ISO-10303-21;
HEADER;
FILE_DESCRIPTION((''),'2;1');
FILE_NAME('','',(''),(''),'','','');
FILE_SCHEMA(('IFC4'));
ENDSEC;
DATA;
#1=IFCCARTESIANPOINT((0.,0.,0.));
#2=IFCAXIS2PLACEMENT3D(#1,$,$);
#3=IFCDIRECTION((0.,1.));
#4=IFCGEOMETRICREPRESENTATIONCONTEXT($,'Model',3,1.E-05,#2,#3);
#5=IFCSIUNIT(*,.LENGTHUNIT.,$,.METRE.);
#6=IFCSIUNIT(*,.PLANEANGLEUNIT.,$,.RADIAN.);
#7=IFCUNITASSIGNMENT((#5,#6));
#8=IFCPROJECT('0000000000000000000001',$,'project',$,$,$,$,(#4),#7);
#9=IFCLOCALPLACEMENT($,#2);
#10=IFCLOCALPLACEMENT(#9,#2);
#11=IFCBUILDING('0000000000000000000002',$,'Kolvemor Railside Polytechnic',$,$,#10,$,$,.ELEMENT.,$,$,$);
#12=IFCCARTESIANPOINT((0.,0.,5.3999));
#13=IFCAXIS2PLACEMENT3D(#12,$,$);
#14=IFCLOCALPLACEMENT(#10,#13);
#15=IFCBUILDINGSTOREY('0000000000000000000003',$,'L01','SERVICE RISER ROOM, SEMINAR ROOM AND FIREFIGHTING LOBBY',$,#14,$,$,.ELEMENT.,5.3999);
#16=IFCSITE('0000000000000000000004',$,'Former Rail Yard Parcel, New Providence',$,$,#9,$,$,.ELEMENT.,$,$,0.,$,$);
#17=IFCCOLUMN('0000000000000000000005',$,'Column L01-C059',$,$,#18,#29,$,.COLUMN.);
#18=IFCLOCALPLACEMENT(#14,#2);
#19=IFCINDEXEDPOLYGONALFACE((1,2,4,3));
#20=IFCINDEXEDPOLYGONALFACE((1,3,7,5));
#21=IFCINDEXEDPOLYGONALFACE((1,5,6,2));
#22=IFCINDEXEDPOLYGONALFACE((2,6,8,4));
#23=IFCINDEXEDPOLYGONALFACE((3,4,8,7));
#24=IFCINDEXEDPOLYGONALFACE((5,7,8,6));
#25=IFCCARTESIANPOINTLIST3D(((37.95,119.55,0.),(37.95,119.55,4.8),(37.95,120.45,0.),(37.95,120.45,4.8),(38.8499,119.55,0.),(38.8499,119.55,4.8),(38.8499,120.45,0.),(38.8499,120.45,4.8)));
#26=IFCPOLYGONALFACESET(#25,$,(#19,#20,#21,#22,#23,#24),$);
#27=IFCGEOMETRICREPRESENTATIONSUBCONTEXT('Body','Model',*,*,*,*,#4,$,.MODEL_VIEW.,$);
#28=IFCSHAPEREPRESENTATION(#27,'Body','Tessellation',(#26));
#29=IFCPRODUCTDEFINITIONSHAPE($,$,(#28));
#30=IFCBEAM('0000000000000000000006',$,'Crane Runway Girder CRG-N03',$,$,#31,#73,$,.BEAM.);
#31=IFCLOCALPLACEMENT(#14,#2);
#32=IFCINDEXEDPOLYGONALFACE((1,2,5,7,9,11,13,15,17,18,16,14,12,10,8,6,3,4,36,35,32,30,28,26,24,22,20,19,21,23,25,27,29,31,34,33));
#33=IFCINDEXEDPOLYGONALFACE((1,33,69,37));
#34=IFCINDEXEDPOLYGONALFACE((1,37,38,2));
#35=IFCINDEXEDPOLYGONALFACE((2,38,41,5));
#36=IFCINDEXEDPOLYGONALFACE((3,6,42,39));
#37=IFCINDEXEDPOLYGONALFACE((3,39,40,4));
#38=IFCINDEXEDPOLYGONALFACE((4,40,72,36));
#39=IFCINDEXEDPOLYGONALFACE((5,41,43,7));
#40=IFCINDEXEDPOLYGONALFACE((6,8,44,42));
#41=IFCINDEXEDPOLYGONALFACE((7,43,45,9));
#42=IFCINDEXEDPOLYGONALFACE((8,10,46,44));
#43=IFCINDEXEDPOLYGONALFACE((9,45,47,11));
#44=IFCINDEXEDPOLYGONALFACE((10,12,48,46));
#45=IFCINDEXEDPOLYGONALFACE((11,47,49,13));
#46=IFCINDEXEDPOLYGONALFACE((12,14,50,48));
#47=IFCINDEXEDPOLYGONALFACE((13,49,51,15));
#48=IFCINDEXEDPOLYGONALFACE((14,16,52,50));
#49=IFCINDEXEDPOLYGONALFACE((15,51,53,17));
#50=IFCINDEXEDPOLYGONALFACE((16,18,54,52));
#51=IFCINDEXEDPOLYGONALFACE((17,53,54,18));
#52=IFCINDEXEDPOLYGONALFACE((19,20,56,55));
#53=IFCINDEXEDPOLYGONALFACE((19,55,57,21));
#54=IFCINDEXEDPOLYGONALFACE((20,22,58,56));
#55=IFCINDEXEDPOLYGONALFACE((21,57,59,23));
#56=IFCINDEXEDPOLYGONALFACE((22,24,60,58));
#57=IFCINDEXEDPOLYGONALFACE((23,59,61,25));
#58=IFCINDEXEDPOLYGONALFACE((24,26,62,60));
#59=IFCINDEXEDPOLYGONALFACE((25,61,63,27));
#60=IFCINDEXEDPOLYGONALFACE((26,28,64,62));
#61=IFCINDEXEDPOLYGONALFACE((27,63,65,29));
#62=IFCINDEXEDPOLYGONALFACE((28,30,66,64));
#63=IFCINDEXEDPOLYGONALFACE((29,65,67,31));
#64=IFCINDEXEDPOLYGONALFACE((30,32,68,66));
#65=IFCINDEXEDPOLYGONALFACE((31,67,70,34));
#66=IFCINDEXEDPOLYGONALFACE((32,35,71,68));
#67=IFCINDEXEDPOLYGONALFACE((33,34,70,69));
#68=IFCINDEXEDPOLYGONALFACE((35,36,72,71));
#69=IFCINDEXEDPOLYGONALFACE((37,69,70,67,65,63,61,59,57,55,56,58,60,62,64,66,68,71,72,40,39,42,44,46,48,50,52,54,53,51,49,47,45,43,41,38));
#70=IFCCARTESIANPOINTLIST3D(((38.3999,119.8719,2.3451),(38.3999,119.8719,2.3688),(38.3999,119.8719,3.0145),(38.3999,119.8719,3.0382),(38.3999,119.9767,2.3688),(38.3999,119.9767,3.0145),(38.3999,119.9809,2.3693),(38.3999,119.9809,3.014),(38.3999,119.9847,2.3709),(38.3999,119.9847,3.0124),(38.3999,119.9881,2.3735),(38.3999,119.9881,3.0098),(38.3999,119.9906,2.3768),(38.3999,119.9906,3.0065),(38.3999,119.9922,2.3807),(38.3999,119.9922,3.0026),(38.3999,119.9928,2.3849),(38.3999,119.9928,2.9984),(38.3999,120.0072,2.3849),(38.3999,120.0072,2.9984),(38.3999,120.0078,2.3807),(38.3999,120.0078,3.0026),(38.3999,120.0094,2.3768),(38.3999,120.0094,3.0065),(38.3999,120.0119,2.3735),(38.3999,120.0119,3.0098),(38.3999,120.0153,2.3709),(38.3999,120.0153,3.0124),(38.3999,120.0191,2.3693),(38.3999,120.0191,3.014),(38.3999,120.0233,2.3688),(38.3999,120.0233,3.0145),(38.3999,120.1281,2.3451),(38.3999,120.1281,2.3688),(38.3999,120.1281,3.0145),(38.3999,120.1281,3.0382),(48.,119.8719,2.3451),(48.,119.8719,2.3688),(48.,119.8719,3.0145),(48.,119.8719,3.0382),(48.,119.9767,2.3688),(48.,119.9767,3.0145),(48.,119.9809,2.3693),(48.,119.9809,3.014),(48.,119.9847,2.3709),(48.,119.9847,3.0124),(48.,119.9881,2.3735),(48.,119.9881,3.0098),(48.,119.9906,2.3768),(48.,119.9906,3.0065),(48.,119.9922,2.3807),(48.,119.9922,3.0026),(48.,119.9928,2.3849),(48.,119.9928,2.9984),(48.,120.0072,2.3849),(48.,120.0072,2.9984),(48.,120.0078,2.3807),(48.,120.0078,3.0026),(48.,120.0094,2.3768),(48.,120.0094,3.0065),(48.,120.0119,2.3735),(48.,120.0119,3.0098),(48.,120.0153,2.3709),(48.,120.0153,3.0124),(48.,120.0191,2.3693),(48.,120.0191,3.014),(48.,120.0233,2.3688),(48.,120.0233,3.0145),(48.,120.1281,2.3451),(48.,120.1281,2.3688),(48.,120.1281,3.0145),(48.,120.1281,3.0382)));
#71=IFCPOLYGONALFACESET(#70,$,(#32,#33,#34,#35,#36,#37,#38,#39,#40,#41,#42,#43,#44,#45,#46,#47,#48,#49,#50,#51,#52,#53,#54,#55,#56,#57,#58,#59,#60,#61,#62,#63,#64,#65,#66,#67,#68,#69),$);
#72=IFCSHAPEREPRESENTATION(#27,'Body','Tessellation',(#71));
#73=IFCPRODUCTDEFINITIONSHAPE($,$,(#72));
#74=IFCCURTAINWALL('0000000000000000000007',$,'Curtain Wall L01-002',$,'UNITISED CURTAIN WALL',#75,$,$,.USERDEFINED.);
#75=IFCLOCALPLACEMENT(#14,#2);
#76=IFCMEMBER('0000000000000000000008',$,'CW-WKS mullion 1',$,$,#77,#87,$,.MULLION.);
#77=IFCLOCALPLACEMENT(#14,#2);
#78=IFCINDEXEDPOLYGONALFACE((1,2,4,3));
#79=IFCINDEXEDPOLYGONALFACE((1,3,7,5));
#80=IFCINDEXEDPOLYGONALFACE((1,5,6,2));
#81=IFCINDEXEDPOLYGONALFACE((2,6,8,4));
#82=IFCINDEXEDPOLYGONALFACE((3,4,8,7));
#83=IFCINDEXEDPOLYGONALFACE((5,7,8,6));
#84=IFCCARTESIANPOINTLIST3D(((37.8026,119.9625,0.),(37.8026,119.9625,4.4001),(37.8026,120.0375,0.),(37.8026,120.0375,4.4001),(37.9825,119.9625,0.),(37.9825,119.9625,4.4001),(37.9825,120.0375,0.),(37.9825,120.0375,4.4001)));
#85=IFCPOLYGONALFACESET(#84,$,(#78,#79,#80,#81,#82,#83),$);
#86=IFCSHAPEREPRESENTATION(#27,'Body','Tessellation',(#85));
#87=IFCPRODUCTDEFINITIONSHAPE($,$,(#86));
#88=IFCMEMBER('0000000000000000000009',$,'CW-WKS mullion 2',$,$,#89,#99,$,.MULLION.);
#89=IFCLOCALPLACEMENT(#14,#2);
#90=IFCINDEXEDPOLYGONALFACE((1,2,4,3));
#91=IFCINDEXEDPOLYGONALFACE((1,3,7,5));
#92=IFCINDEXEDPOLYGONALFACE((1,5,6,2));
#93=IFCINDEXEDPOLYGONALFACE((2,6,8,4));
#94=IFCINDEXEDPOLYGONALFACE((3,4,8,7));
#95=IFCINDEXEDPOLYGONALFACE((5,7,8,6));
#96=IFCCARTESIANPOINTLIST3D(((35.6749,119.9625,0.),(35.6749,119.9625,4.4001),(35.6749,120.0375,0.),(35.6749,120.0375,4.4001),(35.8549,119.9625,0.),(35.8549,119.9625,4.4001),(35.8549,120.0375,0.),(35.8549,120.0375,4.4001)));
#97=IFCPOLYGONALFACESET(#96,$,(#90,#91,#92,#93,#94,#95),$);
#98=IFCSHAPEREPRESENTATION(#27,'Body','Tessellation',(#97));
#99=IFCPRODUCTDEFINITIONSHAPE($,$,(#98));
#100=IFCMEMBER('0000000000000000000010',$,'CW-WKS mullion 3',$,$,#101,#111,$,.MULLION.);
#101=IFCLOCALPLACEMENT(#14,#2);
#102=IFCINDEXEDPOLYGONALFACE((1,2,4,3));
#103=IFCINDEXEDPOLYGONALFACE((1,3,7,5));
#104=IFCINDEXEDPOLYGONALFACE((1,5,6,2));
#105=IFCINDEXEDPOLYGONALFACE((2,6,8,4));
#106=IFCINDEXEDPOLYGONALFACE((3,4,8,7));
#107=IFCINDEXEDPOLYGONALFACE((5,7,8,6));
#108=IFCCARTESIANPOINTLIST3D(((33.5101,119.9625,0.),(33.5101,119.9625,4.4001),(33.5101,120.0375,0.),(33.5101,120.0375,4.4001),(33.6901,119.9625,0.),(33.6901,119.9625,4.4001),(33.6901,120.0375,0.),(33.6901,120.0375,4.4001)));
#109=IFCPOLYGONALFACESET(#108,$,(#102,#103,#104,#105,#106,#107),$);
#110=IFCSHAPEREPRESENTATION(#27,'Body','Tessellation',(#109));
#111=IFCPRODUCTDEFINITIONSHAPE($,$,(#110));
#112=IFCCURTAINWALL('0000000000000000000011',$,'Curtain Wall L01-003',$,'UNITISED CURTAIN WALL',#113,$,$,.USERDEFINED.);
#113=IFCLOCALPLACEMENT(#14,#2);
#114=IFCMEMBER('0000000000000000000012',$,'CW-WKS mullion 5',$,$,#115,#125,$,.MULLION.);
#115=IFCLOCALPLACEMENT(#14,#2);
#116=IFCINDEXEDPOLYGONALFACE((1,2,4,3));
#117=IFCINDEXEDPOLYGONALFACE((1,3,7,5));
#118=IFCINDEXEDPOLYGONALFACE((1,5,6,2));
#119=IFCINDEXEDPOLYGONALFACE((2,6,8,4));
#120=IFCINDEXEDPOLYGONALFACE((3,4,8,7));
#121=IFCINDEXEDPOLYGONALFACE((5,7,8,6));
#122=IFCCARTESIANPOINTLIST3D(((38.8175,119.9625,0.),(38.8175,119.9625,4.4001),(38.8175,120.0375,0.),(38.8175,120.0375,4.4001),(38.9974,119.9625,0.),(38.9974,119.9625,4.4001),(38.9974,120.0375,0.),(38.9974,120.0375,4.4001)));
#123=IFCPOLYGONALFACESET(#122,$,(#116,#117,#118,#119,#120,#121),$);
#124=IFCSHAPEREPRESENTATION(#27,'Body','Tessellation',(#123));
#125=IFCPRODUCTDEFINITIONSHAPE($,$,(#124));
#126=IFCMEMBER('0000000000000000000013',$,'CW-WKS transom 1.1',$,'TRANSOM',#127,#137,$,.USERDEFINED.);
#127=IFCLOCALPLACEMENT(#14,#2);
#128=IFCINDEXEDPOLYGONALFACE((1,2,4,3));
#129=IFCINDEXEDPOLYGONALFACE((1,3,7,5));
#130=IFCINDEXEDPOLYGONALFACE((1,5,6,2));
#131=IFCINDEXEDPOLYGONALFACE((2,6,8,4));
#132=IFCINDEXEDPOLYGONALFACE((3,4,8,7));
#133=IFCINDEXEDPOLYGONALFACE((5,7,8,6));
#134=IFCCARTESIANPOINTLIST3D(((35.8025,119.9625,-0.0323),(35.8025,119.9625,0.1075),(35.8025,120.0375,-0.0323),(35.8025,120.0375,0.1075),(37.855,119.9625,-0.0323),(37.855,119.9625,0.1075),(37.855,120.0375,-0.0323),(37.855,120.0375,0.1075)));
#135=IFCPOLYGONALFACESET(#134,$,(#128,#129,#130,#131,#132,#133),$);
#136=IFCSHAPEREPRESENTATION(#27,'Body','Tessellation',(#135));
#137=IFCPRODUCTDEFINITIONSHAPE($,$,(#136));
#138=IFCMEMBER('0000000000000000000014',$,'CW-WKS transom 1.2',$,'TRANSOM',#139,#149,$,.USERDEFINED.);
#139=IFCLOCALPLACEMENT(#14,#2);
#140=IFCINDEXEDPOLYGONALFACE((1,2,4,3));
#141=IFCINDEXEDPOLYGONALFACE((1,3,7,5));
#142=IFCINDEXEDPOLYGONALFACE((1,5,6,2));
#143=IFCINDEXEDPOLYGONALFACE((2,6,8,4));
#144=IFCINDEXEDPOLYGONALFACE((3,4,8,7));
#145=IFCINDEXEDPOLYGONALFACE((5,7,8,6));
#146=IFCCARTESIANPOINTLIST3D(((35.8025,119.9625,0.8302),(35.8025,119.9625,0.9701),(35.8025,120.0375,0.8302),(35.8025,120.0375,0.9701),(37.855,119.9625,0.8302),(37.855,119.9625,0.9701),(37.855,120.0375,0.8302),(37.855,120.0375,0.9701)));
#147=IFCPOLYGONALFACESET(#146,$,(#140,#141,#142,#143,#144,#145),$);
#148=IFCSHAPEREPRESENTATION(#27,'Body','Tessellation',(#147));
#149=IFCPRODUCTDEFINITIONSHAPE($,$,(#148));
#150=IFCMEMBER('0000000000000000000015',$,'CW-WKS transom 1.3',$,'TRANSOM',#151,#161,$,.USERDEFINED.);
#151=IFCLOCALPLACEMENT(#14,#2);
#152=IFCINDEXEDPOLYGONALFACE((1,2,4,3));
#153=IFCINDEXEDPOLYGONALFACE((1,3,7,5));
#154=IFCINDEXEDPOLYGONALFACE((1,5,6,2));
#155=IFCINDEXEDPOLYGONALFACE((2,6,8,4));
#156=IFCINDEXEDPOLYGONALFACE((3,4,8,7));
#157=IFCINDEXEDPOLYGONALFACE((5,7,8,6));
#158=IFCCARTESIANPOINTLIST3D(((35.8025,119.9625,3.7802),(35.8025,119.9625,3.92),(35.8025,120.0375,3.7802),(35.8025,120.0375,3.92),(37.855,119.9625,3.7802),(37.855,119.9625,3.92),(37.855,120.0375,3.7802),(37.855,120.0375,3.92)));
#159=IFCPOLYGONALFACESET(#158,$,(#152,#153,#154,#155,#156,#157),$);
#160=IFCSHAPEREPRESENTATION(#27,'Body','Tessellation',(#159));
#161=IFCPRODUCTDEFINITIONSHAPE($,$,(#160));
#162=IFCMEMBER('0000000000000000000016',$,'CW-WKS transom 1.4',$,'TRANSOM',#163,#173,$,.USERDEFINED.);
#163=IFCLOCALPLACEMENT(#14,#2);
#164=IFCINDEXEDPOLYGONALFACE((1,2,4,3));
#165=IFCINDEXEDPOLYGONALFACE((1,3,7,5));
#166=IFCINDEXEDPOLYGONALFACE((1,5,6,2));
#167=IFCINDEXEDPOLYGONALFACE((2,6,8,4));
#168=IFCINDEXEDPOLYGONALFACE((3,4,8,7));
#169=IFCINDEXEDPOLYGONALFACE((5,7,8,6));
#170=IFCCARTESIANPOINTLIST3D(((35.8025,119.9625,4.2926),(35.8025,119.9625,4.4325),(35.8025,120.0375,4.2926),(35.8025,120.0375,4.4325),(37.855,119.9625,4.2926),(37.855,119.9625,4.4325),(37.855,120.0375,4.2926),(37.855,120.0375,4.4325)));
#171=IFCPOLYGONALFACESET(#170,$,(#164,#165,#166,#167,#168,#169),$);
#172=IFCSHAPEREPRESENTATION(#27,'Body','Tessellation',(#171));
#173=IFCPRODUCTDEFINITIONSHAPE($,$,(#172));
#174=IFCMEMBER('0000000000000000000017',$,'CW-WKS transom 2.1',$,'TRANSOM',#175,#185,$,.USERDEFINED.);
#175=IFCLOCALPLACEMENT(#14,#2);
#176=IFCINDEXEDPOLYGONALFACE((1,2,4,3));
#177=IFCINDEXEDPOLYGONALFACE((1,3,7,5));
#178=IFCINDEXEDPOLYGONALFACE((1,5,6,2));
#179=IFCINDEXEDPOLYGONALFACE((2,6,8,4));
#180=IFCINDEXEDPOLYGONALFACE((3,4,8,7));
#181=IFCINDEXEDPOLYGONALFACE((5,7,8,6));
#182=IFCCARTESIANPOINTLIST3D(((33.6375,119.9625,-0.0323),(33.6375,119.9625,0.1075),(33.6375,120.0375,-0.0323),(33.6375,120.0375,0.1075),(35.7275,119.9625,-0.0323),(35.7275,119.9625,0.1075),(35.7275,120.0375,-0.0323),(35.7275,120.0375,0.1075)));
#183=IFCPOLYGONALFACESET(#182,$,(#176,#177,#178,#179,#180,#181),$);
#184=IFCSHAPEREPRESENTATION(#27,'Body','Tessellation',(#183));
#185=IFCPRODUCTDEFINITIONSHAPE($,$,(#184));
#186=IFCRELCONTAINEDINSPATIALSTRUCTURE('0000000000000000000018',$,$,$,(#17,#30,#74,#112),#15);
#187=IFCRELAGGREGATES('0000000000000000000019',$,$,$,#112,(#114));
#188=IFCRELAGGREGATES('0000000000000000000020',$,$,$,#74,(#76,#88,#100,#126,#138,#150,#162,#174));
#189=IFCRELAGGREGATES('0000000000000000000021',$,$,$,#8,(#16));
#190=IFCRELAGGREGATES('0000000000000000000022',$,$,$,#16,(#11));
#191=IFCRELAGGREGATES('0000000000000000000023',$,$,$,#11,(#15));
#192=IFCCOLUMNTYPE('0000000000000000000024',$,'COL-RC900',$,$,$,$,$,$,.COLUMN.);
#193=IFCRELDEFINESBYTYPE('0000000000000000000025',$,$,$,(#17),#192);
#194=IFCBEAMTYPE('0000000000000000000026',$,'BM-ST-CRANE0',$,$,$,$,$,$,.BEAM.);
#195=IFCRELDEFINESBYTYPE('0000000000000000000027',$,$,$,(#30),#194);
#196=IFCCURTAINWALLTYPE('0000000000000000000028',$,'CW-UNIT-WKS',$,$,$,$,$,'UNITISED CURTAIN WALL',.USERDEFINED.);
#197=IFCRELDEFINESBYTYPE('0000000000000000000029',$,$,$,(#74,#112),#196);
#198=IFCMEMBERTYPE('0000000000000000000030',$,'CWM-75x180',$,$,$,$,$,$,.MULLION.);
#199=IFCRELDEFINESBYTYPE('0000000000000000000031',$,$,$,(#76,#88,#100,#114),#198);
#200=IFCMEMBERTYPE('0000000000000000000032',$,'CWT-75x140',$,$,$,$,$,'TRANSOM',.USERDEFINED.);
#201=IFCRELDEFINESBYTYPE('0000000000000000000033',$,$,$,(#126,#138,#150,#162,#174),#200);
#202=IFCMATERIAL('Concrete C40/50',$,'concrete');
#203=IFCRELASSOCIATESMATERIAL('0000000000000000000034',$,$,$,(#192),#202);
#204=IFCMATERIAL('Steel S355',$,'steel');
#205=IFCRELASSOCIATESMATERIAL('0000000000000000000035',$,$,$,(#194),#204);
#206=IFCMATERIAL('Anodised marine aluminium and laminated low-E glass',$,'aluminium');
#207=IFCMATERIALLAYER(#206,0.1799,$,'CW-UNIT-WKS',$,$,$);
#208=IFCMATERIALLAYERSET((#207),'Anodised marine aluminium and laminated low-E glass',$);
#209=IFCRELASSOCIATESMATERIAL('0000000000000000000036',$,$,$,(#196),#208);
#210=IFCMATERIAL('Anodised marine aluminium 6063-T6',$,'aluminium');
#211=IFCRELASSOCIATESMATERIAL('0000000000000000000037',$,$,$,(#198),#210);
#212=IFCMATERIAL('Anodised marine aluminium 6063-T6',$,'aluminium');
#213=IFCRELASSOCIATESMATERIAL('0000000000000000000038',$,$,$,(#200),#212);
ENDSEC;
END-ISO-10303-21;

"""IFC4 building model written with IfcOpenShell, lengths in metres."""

from ifc_helpers import new_model, si_unit, direction, frame, origin, origin_2d, place, context, subcontext, project, spatial, rectangle, i_section, extrude, material, layer, layer_set, material_profile, profile_set, type_object, element, aggregate, save


model = new_model("IFC4")

# Units and contexts
model_context = context("Model", 3, precision=1e-05, world=origin(), true_north=direction((0.0, 1.0)))
body_context = subcontext(model_context, "Body", "Model", "MODEL_VIEW")
ifc_project = project(units=[si_unit("LENGTHUNIT", "METRE"), si_unit("PLANEANGLEUNIT", "RADIAN")], contexts=[model_context])

# Site, building, storey
site_placement = place(None, origin())
site = spatial("IfcSite", under=ifc_project, at=site_placement, Name="Former Rail Yard Parcel, New Providence", CompositionType="ELEMENT", RefElevation=0.0)
building_placement = place(site_placement, origin())
building = spatial("IfcBuilding", under=site, at=building_placement, Name="Kolvemor Railside Polytechnic", CompositionType="ELEMENT")
storey_placement = place(building_placement, frame((0.0, 0.0, 5.3999)))
storey = spatial("IfcBuildingStorey", under=building, at=storey_placement, Name="L01", Description="SERVICE RISER ROOM, SEMINAR ROOM AND FIREFIGHTING LOBBY", CompositionType="ELEMENT", Elevation=5.3999)

# Column
ifc_material_1 = material(Name="Concrete C40/50", Category="concrete")
ifc_material_profile_1 = material_profile(ifc_material_1, rectangle(XDim=0.8999, YDim=0.8999, at=origin_2d()), Name="RC900x900")
ifc_profile_set_1 = profile_set([ifc_material_profile_1], Name="Concrete C40/50")
column_type = type_object("IfcColumnType", Name="COL-RC900", PredefinedType="COLUMN", material=ifc_profile_set_1)
column_placement = place(storey_placement, frame((38.3999, 120.0, 0.0), z_axis=(0.0, 0.0, 1.0), x_axis=(1.0, 0.0, 0.0)))
element("IfcColumn", 1, at=column_placement, inside=storey, type_object=column_type, Name="Column L01-C059", PredefinedType="COLUMN", context=body_context, shape_type="SweptSolid", body=[
    extrude(rectangle(XDim=0.8999, YDim=0.8999, at=origin_2d()), origin(), (0.0, 0.0, 1.0), 4.8),
])

# Beam
ifc_material_2 = material(Name="Steel S355", Category="steel")
ifc_material_profile_2 = material_profile(ifc_material_2, i_section(OverallWidth=0.2561, OverallDepth=0.6931, WebThickness=0.0144, FlangeThickness=0.0237, FilletRadius=0.0161, at=origin_2d()), Name="W690x170")
ifc_profile_set_2 = profile_set([ifc_material_profile_2], Name="Steel S355")
beam_type = type_object("IfcBeamType", Name="BM-ST-CRANE0", PredefinedType="BEAM", material=ifc_profile_set_2)
beam_placement = place(storey_placement, frame((38.3999, 120.0, 2.6917), z_axis=(1.0, 0.0, 0.0), x_axis=(0.0, 1.0, 0.0)))
element("IfcBeam", 2, at=beam_placement, inside=storey, type_object=beam_type, Name="Crane Runway Girder CRG-N03", PredefinedType="BEAM", context=body_context, shape_type="SweptSolid", body=[
    extrude(i_section(OverallWidth=0.2561, OverallDepth=0.6931, WebThickness=0.0144, FlangeThickness=0.0237, FilletRadius=0.0161, at=origin_2d()), origin(), (0.0, 0.0, 1.0), 9.6001),
])

# Curtain wall, members
ifc_material_3 = material(Name="Anodised marine aluminium and laminated low-E glass", Category="aluminium")
ifc_layer_1 = layer(ifc_material_3, 0.1799, Name="CW-UNIT-WKS")
ifc_layer_set_1 = layer_set([ifc_layer_1], Name="Anodised marine aluminium and laminated low-E glass")
curtain_wall_type = type_object("IfcCurtainWallType", Name="CW-UNIT-WKS", ElementType="UNITISED CURTAIN WALL", PredefinedType="USERDEFINED", material=ifc_layer_set_1)
curtain_wall_1_placement = place(storey_placement, origin())
curtain_wall_1 = element("IfcCurtainWall", 3, at=curtain_wall_1_placement, inside=storey, type_object=curtain_wall_type, Name="Curtain Wall L01-002", ObjectType="UNITISED CURTAIN WALL", PredefinedType="USERDEFINED")
ifc_material_4 = material(Name="Anodised marine aluminium 6063-T6", Category="aluminium")
ifc_material_profile_3 = material_profile(ifc_material_4, rectangle(XDim=0.075, YDim=0.1799, at=origin_2d()), Name="CW-MUL-75x180")
ifc_profile_set_3 = profile_set([ifc_material_profile_3], Name="Anodised marine aluminium 6063-T6")
member_type_1 = type_object("IfcMemberType", Name="CWM-75x180", PredefinedType="MULLION", material=ifc_profile_set_3)
member_1_placement = place(storey_placement, frame((37.8926, 120.0, 0.0), z_axis=(0.0, 0.0, 1.0), x_axis=(0.0, -1.0, 0.0)))
member_1 = element("IfcMember", 4, at=member_1_placement, type_object=member_type_1, Name="CW-WKS mullion 1", PredefinedType="MULLION", context=body_context, shape_type="SweptSolid", body=[
    extrude(rectangle(XDim=0.075, YDim=0.1799, at=origin_2d()), origin(), (0.0, 0.0, 1.0), 4.4001),
])
member_2_placement = place(storey_placement, frame((35.7649, 120.0, 0.0), z_axis=(0.0, 0.0, 1.0), x_axis=(0.0, -1.0, 0.0)))
member_2 = element("IfcMember", 5, at=member_2_placement, type_object=member_type_1, Name="CW-WKS mullion 2", PredefinedType="MULLION", context=body_context, shape_type="SweptSolid", body=[
    extrude(rectangle(XDim=0.075, YDim=0.1799, at=origin_2d()), origin(), (0.0, 0.0, 1.0), 4.4001),
])
member_3_placement = place(storey_placement, frame((33.6001, 120.0, 0.0), z_axis=(0.0, 0.0, 1.0), x_axis=(0.0, -1.0, 0.0)))
member_3 = element("IfcMember", 6, at=member_3_placement, type_object=member_type_1, Name="CW-WKS mullion 3", PredefinedType="MULLION", context=body_context, shape_type="SweptSolid", body=[
    extrude(rectangle(XDim=0.075, YDim=0.1799, at=origin_2d()), origin(), (0.0, 0.0, 1.0), 4.4001),
])

# Curtain wall, member
curtain_wall_2_placement = place(storey_placement, origin())
curtain_wall_2 = element("IfcCurtainWall", 7, at=curtain_wall_2_placement, inside=storey, type_object=curtain_wall_type, Name="Curtain Wall L01-003", ObjectType="UNITISED CURTAIN WALL", PredefinedType="USERDEFINED")
member_4_placement = place(storey_placement, frame((38.9075, 120.0, 0.0), z_axis=(0.0, 0.0, 1.0), x_axis=(0.0, -1.0, 0.0)))
member_4 = element("IfcMember", 8, at=member_4_placement, type_object=member_type_1, Name="CW-WKS mullion 5", PredefinedType="MULLION", context=body_context, shape_type="SweptSolid", body=[
    extrude(rectangle(XDim=0.075, YDim=0.1799, at=origin_2d()), origin(), (0.0, 0.0, 1.0), 4.4001),
])

# Members
ifc_material_5 = material(Name="Anodised marine aluminium 6063-T6", Category="aluminium")
ifc_material_profile_4 = material_profile(ifc_material_5, rectangle(XDim=0.075, YDim=0.1399, at=origin_2d()), Name="CW-TRN-75x140")
ifc_profile_set_4 = profile_set([ifc_material_profile_4], Name="Anodised marine aluminium 6063-T6")
member_type_2 = type_object("IfcMemberType", Name="CWT-75x140", ElementType="TRANSOM", PredefinedType="USERDEFINED", material=ifc_profile_set_4)
member_5_placement = place(storey_placement, frame((37.855, 120.0, 0.0376), z_axis=(-1.0, 0.0, 0.0), x_axis=(0.0, -1.0, 0.0)))
member_5 = element("IfcMember", 9, at=member_5_placement, type_object=member_type_2, Name="CW-WKS transom 1.1", ObjectType="TRANSOM", PredefinedType="USERDEFINED", context=body_context, shape_type="SweptSolid", body=[
    extrude(rectangle(XDim=0.075, YDim=0.1399, at=origin_2d()), origin(), (0.0, 0.0, 1.0), 2.0525),
])
member_6_placement = place(storey_placement, frame((37.855, 120.0, 0.9001), z_axis=(-1.0, 0.0, 0.0), x_axis=(0.0, -1.0, 0.0)))
member_6 = element("IfcMember", 10, at=member_6_placement, type_object=member_type_2, Name="CW-WKS transom 1.2", ObjectType="TRANSOM", PredefinedType="USERDEFINED", context=body_context, shape_type="SweptSolid", body=[
    extrude(rectangle(XDim=0.075, YDim=0.1399, at=origin_2d()), origin(), (0.0, 0.0, 1.0), 2.0525),
])
member_7_placement = place(storey_placement, frame((37.855, 120.0, 3.8501), z_axis=(-1.0, 0.0, 0.0), x_axis=(0.0, -1.0, 0.0)))
member_7 = element("IfcMember", 11, at=member_7_placement, type_object=member_type_2, Name="CW-WKS transom 1.3", ObjectType="TRANSOM", PredefinedType="USERDEFINED", context=body_context, shape_type="SweptSolid", body=[
    extrude(rectangle(XDim=0.075, YDim=0.1399, at=origin_2d()), origin(), (0.0, 0.0, 1.0), 2.0525),
])
member_8_placement = place(storey_placement, frame((37.855, 120.0, 4.3625), z_axis=(-1.0, 0.0, 0.0), x_axis=(0.0, -1.0, 0.0)))
member_8 = element("IfcMember", 12, at=member_8_placement, type_object=member_type_2, Name="CW-WKS transom 1.4", ObjectType="TRANSOM", PredefinedType="USERDEFINED", context=body_context, shape_type="SweptSolid", body=[
    extrude(rectangle(XDim=0.075, YDim=0.1399, at=origin_2d()), origin(), (0.0, 0.0, 1.0), 2.0525),
])
member_9_placement = place(storey_placement, frame((35.7275, 120.0, 0.0376), z_axis=(-1.0, 0.0, 0.0), x_axis=(0.0, -1.0, 0.0)))
member_9 = element("IfcMember", 13, at=member_9_placement, type_object=member_type_2, Name="CW-WKS transom 2.1", ObjectType="TRANSOM", PredefinedType="USERDEFINED", context=body_context, shape_type="SweptSolid", body=[
    extrude(rectangle(XDim=0.075, YDim=0.1399, at=origin_2d()), origin(), (0.0, 0.0, 1.0), 2.0901),
])

aggregate(curtain_wall_2, [member_4])
aggregate(curtain_wall_1, [member_1, member_2, member_3, member_5, member_6, member_7, member_8, member_9])

save(model, "model.ifc")
